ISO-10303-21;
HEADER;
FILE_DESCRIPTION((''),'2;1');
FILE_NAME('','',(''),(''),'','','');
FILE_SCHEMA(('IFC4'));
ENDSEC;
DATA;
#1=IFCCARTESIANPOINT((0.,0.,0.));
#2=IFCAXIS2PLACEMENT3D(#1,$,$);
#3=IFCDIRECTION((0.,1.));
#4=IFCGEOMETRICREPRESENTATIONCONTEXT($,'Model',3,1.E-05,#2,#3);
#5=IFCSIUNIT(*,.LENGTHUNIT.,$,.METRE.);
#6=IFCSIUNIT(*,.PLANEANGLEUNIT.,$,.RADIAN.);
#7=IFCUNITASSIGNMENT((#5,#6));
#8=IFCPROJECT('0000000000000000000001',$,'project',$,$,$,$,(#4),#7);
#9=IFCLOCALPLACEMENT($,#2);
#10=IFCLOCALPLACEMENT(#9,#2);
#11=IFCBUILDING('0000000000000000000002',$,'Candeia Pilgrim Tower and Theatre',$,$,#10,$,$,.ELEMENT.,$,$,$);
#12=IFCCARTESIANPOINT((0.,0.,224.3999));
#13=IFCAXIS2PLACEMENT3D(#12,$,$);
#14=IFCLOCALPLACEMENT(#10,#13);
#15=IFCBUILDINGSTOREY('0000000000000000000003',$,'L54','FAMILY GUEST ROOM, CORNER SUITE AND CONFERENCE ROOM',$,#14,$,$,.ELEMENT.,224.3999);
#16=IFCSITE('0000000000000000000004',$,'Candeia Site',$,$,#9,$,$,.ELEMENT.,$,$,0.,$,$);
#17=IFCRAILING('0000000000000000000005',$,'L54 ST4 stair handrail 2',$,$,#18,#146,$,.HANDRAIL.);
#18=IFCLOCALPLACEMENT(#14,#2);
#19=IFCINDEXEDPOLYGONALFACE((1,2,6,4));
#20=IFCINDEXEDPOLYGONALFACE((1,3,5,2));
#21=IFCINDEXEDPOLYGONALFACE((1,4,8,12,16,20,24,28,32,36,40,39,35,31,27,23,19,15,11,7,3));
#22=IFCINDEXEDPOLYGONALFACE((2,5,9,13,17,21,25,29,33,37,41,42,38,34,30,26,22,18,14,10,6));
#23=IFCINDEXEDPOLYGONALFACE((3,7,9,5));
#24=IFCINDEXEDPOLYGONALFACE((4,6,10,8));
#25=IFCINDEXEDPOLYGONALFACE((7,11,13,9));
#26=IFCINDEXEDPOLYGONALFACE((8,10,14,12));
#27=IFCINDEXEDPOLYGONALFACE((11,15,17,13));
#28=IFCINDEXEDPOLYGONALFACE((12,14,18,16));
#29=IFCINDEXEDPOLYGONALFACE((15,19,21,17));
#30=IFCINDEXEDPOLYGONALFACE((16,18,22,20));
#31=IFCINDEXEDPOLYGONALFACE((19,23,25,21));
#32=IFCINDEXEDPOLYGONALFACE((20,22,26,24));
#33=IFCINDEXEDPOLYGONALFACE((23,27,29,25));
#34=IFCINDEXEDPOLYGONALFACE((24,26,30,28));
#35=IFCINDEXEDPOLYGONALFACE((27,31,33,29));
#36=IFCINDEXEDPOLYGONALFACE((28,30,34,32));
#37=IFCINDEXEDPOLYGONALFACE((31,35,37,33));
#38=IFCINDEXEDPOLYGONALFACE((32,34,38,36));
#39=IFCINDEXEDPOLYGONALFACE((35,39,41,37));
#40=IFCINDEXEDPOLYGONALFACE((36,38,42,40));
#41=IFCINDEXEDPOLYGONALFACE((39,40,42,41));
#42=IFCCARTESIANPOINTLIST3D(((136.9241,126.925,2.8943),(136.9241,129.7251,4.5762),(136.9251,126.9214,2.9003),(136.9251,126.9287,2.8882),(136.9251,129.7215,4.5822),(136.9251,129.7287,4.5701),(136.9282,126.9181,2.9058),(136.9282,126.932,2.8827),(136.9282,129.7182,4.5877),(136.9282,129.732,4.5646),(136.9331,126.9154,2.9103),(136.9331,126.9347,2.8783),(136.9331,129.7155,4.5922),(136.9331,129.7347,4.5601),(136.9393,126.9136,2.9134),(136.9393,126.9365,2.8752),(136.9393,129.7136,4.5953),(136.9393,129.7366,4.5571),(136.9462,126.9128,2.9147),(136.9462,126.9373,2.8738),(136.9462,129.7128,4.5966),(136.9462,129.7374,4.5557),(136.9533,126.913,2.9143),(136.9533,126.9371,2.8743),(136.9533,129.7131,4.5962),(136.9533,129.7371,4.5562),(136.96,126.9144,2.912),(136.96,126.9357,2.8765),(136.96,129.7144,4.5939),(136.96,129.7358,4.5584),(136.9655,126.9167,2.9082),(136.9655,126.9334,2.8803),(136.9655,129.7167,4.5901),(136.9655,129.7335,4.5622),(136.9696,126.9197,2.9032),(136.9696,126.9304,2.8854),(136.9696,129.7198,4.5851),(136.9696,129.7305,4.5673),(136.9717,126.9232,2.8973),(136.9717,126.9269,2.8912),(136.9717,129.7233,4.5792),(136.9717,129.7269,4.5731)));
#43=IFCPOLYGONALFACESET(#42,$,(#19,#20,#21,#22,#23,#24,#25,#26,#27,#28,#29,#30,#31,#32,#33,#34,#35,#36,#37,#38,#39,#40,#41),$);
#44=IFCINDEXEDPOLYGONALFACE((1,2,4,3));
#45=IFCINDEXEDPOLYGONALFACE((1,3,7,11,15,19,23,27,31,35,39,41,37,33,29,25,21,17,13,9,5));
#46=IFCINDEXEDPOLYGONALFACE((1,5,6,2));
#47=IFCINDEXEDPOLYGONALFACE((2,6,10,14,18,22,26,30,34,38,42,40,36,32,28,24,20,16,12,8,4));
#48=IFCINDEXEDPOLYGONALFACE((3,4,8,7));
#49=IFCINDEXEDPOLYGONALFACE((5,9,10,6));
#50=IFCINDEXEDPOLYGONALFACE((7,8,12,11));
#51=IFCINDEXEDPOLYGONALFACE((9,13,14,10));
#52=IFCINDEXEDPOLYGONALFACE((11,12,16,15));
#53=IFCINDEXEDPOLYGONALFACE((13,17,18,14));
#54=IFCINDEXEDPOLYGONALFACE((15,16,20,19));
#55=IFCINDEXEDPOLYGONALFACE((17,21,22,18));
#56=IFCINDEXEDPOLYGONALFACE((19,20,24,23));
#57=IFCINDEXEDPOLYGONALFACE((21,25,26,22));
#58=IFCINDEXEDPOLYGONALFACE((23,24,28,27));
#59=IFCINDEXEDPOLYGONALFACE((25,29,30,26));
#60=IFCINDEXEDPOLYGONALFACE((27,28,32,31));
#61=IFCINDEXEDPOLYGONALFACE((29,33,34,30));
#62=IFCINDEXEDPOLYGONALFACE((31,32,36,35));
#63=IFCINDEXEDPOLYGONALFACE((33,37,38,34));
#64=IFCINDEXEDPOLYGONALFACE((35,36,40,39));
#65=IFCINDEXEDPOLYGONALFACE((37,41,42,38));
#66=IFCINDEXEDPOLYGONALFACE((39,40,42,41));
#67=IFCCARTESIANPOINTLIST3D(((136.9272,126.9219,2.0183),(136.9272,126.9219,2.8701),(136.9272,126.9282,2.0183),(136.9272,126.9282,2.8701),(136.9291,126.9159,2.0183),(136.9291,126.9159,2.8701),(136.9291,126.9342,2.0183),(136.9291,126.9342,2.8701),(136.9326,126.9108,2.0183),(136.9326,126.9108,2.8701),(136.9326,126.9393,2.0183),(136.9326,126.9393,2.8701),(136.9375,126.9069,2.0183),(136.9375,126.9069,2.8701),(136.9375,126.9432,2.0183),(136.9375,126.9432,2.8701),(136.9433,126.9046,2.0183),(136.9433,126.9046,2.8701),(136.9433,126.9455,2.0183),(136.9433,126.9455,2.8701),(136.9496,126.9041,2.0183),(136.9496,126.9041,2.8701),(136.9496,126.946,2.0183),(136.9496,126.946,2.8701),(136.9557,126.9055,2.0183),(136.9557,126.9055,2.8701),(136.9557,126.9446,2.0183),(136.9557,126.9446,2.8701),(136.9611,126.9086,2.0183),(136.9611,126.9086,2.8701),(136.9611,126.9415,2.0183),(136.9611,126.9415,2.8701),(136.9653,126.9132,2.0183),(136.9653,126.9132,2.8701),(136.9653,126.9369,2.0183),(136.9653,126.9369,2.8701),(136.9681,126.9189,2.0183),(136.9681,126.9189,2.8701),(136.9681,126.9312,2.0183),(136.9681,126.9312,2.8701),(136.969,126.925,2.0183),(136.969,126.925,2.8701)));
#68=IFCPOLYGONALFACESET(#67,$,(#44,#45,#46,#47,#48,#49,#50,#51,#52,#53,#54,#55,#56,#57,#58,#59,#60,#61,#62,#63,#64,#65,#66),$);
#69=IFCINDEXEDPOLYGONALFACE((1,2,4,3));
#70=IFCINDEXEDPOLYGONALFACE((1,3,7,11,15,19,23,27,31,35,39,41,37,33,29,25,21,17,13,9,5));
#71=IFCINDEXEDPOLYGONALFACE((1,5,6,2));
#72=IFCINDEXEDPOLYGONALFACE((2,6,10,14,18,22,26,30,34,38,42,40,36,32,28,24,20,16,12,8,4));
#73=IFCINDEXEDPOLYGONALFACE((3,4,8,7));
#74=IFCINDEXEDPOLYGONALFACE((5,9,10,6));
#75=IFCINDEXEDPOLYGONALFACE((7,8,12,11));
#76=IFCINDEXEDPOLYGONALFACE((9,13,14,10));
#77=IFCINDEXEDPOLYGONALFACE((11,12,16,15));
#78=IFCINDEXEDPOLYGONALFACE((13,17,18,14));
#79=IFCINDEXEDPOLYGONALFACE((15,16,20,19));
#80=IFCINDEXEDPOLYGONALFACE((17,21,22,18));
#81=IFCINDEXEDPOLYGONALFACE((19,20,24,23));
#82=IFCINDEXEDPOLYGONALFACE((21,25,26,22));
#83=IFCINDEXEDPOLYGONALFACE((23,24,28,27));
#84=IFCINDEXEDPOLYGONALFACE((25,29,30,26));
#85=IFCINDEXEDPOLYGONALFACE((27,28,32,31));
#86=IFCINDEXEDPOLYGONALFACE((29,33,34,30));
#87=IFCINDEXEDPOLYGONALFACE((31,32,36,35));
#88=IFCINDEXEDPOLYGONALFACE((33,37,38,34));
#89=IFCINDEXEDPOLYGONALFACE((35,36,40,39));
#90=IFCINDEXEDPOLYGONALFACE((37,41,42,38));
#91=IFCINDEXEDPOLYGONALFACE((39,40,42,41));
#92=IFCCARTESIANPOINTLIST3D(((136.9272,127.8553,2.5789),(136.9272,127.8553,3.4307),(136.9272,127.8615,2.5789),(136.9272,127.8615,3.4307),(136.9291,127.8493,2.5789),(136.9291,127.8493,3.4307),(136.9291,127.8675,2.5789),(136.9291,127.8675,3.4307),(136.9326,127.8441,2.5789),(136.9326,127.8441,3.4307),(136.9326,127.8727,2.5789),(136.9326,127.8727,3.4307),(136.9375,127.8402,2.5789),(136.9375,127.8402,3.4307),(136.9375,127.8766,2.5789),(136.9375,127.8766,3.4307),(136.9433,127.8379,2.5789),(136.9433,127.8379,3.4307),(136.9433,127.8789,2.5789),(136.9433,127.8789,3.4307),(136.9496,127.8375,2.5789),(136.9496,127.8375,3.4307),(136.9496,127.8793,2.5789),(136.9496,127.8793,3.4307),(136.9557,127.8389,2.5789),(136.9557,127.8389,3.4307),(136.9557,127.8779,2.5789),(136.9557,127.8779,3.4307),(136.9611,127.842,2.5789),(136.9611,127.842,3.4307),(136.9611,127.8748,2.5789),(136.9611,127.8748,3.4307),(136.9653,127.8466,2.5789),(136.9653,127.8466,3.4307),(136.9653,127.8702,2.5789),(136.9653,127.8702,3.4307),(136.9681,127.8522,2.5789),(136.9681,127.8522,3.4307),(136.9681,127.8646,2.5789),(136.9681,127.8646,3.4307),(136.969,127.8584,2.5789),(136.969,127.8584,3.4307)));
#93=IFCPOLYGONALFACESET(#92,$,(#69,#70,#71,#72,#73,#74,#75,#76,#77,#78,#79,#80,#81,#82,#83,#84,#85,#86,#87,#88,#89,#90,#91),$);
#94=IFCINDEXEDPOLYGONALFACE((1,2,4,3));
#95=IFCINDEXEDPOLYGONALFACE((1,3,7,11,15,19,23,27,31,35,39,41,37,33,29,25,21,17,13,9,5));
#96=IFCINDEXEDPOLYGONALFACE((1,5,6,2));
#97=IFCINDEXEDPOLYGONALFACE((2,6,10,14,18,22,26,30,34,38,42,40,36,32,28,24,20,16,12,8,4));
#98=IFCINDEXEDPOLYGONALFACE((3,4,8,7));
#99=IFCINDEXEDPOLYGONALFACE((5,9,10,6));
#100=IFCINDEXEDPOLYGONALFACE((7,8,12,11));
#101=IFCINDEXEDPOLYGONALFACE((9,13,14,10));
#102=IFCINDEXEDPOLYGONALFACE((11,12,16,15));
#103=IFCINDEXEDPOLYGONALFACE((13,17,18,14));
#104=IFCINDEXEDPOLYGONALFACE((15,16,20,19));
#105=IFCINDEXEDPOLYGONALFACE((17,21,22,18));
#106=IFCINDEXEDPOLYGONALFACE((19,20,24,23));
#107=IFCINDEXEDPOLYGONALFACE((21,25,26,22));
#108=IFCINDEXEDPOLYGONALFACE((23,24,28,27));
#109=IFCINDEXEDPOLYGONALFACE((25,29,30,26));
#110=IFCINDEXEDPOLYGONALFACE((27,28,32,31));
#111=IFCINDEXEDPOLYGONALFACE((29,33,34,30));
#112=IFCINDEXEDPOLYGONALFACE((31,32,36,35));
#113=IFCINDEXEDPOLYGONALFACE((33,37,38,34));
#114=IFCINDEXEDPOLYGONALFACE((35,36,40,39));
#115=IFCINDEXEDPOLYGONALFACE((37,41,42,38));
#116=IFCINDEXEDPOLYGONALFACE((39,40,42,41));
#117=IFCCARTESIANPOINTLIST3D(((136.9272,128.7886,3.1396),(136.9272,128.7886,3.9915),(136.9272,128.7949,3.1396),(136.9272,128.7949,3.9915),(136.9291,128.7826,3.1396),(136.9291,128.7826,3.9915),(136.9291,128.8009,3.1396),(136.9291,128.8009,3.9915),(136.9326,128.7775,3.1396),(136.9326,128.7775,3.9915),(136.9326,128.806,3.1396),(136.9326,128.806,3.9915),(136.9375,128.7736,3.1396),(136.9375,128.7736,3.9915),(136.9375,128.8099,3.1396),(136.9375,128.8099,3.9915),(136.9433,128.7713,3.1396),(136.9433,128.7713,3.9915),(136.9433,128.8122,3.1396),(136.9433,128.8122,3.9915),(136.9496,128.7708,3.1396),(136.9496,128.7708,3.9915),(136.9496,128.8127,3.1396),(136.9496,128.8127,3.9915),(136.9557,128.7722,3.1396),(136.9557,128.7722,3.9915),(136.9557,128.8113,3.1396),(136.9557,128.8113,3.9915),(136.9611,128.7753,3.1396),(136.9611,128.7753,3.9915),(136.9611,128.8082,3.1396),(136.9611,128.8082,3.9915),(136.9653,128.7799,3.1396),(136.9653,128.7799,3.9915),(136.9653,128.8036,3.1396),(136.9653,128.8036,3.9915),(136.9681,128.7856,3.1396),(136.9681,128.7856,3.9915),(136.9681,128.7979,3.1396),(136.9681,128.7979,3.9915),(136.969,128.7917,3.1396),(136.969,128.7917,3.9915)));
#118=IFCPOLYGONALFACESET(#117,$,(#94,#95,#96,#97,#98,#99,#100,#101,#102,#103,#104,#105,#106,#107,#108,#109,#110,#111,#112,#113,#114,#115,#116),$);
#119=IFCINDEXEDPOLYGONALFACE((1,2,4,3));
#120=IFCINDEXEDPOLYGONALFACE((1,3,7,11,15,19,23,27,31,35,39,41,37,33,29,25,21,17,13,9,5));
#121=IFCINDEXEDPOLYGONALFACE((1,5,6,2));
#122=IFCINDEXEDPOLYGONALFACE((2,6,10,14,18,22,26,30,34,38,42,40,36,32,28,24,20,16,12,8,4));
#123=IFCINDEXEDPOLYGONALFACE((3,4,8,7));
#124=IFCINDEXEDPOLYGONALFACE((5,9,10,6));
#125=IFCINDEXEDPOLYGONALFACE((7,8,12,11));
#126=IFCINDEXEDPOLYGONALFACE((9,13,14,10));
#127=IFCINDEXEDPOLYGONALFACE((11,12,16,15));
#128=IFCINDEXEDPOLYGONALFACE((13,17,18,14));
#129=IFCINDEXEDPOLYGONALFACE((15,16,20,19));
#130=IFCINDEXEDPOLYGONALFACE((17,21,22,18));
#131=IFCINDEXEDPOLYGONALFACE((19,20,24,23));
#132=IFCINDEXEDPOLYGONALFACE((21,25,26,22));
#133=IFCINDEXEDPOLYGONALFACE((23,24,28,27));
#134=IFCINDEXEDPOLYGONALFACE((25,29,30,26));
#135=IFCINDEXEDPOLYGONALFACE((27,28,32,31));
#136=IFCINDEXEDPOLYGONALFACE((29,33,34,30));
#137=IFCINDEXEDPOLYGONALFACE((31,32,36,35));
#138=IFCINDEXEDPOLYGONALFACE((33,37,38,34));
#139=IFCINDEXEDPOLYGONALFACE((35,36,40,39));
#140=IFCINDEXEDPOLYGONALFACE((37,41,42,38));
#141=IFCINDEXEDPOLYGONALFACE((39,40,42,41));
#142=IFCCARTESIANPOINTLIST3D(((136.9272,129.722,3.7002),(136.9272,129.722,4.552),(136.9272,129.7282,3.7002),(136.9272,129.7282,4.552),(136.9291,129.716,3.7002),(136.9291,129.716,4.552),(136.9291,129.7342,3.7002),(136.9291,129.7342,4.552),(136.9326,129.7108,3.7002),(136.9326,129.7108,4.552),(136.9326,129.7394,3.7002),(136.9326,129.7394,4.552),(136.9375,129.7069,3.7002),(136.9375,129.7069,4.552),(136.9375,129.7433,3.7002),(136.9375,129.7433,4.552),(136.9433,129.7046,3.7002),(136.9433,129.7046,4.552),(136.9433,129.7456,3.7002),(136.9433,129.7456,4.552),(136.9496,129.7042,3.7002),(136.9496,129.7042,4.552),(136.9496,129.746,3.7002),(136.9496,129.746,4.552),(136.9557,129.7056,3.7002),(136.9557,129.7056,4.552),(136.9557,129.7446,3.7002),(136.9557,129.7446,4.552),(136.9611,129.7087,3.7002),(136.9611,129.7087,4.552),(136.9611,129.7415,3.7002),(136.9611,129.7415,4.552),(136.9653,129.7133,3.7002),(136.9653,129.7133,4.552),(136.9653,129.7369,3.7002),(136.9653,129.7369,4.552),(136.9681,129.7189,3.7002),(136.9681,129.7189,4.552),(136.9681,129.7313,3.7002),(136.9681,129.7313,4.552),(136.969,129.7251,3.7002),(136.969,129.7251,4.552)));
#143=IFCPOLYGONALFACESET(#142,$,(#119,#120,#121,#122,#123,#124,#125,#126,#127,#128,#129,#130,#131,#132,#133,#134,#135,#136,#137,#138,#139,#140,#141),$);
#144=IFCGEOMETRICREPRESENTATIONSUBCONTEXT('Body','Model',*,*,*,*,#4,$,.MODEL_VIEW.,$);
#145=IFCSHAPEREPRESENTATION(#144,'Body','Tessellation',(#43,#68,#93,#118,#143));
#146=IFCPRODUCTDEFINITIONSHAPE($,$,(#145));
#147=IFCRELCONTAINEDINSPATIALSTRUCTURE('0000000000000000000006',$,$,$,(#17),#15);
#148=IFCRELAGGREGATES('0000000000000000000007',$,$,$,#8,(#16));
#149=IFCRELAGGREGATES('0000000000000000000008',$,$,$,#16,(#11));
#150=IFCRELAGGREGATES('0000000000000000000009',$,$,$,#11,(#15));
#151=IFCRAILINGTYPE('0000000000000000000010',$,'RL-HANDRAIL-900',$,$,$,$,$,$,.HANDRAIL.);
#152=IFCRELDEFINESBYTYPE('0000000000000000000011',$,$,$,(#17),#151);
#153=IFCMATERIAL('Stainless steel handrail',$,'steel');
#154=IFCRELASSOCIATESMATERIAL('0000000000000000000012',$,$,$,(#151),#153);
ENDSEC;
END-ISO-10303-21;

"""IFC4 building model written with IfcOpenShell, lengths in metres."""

from ifc_helpers import new_model, si_unit, direction, frame, origin, origin_2d, place, context, subcontext, project, spatial, circle, extrude, material, type_object, element, save


model = new_model("IFC4")

# Units and contexts
model_context = context("Model", 3, precision=1e-05, world=origin(), true_north=direction((0.0, 1.0)))
body_context = subcontext(model_context, "Body", "Model", "MODEL_VIEW")
ifc_project = project(units=[si_unit("LENGTHUNIT", "METRE"), si_unit("PLANEANGLEUNIT", "RADIAN")], contexts=[model_context])

# Site, building, storey
site_placement = place(None, origin())
site = spatial("IfcSite", under=ifc_project, at=site_placement, Name="Candeia Site", CompositionType="ELEMENT", RefElevation=0.0)
building_placement = place(site_placement, origin())
building = spatial("IfcBuilding", under=site, at=building_placement, Name="Candeia Pilgrim Tower and Theatre", CompositionType="ELEMENT")
storey_placement = place(building_placement, frame((0.0, 0.0, 224.3999)))
storey = spatial("IfcBuildingStorey", under=building, at=storey_placement, Name="L54", Description="FAMILY GUEST ROOM, CORNER SUITE AND CONFERENCE ROOM", CompositionType="ELEMENT", Elevation=224.3999)

# Railing
ifc_material_1 = material(Name="Stainless steel handrail", Category="steel")
railing_type_1 = type_object("IfcRailingType", Name="RL-HANDRAIL-900", PredefinedType="HANDRAIL", material=ifc_material_1)
railing_1_placement = place(storey_placement, frame((136.948, 126.925, 2.0183)))
element("IfcRailing", 1, at=railing_1_placement, inside=storey, type_object=railing_type_1, Name="L54 ST4 stair handrail 2", PredefinedType="HANDRAIL", context=body_context, shape_type="SweptSolid", body=[
    extrude(circle(Radius=0.0239, at=origin_2d()), frame((0.0, 0.0, 0.876), z_axis=(0.0, 0.857242, 0.514913), x_axis=(-1.0, 0.0, 0.0)), (0.0, 0.0, 1.0), 3.2664),
    extrude(circle(Radius=0.021, at=origin_2d()), origin(), (0.0, 0.0, 1.0), 0.8518),
    extrude(circle(Radius=0.021, at=origin_2d()), frame((0.0, 0.9333, 0.5605)), (0.0, 0.0, 1.0), 0.8518),
    extrude(circle(Radius=0.021, at=origin_2d()), frame((0.0, 1.8667, 1.1213)), (0.0, 0.0, 1.0), 0.8518),
    extrude(circle(Radius=0.021, at=origin_2d()), frame((0.0, 2.8, 1.6819)), (0.0, 0.0, 1.0), 0.8518),
])

save(model, "model.ifc")
